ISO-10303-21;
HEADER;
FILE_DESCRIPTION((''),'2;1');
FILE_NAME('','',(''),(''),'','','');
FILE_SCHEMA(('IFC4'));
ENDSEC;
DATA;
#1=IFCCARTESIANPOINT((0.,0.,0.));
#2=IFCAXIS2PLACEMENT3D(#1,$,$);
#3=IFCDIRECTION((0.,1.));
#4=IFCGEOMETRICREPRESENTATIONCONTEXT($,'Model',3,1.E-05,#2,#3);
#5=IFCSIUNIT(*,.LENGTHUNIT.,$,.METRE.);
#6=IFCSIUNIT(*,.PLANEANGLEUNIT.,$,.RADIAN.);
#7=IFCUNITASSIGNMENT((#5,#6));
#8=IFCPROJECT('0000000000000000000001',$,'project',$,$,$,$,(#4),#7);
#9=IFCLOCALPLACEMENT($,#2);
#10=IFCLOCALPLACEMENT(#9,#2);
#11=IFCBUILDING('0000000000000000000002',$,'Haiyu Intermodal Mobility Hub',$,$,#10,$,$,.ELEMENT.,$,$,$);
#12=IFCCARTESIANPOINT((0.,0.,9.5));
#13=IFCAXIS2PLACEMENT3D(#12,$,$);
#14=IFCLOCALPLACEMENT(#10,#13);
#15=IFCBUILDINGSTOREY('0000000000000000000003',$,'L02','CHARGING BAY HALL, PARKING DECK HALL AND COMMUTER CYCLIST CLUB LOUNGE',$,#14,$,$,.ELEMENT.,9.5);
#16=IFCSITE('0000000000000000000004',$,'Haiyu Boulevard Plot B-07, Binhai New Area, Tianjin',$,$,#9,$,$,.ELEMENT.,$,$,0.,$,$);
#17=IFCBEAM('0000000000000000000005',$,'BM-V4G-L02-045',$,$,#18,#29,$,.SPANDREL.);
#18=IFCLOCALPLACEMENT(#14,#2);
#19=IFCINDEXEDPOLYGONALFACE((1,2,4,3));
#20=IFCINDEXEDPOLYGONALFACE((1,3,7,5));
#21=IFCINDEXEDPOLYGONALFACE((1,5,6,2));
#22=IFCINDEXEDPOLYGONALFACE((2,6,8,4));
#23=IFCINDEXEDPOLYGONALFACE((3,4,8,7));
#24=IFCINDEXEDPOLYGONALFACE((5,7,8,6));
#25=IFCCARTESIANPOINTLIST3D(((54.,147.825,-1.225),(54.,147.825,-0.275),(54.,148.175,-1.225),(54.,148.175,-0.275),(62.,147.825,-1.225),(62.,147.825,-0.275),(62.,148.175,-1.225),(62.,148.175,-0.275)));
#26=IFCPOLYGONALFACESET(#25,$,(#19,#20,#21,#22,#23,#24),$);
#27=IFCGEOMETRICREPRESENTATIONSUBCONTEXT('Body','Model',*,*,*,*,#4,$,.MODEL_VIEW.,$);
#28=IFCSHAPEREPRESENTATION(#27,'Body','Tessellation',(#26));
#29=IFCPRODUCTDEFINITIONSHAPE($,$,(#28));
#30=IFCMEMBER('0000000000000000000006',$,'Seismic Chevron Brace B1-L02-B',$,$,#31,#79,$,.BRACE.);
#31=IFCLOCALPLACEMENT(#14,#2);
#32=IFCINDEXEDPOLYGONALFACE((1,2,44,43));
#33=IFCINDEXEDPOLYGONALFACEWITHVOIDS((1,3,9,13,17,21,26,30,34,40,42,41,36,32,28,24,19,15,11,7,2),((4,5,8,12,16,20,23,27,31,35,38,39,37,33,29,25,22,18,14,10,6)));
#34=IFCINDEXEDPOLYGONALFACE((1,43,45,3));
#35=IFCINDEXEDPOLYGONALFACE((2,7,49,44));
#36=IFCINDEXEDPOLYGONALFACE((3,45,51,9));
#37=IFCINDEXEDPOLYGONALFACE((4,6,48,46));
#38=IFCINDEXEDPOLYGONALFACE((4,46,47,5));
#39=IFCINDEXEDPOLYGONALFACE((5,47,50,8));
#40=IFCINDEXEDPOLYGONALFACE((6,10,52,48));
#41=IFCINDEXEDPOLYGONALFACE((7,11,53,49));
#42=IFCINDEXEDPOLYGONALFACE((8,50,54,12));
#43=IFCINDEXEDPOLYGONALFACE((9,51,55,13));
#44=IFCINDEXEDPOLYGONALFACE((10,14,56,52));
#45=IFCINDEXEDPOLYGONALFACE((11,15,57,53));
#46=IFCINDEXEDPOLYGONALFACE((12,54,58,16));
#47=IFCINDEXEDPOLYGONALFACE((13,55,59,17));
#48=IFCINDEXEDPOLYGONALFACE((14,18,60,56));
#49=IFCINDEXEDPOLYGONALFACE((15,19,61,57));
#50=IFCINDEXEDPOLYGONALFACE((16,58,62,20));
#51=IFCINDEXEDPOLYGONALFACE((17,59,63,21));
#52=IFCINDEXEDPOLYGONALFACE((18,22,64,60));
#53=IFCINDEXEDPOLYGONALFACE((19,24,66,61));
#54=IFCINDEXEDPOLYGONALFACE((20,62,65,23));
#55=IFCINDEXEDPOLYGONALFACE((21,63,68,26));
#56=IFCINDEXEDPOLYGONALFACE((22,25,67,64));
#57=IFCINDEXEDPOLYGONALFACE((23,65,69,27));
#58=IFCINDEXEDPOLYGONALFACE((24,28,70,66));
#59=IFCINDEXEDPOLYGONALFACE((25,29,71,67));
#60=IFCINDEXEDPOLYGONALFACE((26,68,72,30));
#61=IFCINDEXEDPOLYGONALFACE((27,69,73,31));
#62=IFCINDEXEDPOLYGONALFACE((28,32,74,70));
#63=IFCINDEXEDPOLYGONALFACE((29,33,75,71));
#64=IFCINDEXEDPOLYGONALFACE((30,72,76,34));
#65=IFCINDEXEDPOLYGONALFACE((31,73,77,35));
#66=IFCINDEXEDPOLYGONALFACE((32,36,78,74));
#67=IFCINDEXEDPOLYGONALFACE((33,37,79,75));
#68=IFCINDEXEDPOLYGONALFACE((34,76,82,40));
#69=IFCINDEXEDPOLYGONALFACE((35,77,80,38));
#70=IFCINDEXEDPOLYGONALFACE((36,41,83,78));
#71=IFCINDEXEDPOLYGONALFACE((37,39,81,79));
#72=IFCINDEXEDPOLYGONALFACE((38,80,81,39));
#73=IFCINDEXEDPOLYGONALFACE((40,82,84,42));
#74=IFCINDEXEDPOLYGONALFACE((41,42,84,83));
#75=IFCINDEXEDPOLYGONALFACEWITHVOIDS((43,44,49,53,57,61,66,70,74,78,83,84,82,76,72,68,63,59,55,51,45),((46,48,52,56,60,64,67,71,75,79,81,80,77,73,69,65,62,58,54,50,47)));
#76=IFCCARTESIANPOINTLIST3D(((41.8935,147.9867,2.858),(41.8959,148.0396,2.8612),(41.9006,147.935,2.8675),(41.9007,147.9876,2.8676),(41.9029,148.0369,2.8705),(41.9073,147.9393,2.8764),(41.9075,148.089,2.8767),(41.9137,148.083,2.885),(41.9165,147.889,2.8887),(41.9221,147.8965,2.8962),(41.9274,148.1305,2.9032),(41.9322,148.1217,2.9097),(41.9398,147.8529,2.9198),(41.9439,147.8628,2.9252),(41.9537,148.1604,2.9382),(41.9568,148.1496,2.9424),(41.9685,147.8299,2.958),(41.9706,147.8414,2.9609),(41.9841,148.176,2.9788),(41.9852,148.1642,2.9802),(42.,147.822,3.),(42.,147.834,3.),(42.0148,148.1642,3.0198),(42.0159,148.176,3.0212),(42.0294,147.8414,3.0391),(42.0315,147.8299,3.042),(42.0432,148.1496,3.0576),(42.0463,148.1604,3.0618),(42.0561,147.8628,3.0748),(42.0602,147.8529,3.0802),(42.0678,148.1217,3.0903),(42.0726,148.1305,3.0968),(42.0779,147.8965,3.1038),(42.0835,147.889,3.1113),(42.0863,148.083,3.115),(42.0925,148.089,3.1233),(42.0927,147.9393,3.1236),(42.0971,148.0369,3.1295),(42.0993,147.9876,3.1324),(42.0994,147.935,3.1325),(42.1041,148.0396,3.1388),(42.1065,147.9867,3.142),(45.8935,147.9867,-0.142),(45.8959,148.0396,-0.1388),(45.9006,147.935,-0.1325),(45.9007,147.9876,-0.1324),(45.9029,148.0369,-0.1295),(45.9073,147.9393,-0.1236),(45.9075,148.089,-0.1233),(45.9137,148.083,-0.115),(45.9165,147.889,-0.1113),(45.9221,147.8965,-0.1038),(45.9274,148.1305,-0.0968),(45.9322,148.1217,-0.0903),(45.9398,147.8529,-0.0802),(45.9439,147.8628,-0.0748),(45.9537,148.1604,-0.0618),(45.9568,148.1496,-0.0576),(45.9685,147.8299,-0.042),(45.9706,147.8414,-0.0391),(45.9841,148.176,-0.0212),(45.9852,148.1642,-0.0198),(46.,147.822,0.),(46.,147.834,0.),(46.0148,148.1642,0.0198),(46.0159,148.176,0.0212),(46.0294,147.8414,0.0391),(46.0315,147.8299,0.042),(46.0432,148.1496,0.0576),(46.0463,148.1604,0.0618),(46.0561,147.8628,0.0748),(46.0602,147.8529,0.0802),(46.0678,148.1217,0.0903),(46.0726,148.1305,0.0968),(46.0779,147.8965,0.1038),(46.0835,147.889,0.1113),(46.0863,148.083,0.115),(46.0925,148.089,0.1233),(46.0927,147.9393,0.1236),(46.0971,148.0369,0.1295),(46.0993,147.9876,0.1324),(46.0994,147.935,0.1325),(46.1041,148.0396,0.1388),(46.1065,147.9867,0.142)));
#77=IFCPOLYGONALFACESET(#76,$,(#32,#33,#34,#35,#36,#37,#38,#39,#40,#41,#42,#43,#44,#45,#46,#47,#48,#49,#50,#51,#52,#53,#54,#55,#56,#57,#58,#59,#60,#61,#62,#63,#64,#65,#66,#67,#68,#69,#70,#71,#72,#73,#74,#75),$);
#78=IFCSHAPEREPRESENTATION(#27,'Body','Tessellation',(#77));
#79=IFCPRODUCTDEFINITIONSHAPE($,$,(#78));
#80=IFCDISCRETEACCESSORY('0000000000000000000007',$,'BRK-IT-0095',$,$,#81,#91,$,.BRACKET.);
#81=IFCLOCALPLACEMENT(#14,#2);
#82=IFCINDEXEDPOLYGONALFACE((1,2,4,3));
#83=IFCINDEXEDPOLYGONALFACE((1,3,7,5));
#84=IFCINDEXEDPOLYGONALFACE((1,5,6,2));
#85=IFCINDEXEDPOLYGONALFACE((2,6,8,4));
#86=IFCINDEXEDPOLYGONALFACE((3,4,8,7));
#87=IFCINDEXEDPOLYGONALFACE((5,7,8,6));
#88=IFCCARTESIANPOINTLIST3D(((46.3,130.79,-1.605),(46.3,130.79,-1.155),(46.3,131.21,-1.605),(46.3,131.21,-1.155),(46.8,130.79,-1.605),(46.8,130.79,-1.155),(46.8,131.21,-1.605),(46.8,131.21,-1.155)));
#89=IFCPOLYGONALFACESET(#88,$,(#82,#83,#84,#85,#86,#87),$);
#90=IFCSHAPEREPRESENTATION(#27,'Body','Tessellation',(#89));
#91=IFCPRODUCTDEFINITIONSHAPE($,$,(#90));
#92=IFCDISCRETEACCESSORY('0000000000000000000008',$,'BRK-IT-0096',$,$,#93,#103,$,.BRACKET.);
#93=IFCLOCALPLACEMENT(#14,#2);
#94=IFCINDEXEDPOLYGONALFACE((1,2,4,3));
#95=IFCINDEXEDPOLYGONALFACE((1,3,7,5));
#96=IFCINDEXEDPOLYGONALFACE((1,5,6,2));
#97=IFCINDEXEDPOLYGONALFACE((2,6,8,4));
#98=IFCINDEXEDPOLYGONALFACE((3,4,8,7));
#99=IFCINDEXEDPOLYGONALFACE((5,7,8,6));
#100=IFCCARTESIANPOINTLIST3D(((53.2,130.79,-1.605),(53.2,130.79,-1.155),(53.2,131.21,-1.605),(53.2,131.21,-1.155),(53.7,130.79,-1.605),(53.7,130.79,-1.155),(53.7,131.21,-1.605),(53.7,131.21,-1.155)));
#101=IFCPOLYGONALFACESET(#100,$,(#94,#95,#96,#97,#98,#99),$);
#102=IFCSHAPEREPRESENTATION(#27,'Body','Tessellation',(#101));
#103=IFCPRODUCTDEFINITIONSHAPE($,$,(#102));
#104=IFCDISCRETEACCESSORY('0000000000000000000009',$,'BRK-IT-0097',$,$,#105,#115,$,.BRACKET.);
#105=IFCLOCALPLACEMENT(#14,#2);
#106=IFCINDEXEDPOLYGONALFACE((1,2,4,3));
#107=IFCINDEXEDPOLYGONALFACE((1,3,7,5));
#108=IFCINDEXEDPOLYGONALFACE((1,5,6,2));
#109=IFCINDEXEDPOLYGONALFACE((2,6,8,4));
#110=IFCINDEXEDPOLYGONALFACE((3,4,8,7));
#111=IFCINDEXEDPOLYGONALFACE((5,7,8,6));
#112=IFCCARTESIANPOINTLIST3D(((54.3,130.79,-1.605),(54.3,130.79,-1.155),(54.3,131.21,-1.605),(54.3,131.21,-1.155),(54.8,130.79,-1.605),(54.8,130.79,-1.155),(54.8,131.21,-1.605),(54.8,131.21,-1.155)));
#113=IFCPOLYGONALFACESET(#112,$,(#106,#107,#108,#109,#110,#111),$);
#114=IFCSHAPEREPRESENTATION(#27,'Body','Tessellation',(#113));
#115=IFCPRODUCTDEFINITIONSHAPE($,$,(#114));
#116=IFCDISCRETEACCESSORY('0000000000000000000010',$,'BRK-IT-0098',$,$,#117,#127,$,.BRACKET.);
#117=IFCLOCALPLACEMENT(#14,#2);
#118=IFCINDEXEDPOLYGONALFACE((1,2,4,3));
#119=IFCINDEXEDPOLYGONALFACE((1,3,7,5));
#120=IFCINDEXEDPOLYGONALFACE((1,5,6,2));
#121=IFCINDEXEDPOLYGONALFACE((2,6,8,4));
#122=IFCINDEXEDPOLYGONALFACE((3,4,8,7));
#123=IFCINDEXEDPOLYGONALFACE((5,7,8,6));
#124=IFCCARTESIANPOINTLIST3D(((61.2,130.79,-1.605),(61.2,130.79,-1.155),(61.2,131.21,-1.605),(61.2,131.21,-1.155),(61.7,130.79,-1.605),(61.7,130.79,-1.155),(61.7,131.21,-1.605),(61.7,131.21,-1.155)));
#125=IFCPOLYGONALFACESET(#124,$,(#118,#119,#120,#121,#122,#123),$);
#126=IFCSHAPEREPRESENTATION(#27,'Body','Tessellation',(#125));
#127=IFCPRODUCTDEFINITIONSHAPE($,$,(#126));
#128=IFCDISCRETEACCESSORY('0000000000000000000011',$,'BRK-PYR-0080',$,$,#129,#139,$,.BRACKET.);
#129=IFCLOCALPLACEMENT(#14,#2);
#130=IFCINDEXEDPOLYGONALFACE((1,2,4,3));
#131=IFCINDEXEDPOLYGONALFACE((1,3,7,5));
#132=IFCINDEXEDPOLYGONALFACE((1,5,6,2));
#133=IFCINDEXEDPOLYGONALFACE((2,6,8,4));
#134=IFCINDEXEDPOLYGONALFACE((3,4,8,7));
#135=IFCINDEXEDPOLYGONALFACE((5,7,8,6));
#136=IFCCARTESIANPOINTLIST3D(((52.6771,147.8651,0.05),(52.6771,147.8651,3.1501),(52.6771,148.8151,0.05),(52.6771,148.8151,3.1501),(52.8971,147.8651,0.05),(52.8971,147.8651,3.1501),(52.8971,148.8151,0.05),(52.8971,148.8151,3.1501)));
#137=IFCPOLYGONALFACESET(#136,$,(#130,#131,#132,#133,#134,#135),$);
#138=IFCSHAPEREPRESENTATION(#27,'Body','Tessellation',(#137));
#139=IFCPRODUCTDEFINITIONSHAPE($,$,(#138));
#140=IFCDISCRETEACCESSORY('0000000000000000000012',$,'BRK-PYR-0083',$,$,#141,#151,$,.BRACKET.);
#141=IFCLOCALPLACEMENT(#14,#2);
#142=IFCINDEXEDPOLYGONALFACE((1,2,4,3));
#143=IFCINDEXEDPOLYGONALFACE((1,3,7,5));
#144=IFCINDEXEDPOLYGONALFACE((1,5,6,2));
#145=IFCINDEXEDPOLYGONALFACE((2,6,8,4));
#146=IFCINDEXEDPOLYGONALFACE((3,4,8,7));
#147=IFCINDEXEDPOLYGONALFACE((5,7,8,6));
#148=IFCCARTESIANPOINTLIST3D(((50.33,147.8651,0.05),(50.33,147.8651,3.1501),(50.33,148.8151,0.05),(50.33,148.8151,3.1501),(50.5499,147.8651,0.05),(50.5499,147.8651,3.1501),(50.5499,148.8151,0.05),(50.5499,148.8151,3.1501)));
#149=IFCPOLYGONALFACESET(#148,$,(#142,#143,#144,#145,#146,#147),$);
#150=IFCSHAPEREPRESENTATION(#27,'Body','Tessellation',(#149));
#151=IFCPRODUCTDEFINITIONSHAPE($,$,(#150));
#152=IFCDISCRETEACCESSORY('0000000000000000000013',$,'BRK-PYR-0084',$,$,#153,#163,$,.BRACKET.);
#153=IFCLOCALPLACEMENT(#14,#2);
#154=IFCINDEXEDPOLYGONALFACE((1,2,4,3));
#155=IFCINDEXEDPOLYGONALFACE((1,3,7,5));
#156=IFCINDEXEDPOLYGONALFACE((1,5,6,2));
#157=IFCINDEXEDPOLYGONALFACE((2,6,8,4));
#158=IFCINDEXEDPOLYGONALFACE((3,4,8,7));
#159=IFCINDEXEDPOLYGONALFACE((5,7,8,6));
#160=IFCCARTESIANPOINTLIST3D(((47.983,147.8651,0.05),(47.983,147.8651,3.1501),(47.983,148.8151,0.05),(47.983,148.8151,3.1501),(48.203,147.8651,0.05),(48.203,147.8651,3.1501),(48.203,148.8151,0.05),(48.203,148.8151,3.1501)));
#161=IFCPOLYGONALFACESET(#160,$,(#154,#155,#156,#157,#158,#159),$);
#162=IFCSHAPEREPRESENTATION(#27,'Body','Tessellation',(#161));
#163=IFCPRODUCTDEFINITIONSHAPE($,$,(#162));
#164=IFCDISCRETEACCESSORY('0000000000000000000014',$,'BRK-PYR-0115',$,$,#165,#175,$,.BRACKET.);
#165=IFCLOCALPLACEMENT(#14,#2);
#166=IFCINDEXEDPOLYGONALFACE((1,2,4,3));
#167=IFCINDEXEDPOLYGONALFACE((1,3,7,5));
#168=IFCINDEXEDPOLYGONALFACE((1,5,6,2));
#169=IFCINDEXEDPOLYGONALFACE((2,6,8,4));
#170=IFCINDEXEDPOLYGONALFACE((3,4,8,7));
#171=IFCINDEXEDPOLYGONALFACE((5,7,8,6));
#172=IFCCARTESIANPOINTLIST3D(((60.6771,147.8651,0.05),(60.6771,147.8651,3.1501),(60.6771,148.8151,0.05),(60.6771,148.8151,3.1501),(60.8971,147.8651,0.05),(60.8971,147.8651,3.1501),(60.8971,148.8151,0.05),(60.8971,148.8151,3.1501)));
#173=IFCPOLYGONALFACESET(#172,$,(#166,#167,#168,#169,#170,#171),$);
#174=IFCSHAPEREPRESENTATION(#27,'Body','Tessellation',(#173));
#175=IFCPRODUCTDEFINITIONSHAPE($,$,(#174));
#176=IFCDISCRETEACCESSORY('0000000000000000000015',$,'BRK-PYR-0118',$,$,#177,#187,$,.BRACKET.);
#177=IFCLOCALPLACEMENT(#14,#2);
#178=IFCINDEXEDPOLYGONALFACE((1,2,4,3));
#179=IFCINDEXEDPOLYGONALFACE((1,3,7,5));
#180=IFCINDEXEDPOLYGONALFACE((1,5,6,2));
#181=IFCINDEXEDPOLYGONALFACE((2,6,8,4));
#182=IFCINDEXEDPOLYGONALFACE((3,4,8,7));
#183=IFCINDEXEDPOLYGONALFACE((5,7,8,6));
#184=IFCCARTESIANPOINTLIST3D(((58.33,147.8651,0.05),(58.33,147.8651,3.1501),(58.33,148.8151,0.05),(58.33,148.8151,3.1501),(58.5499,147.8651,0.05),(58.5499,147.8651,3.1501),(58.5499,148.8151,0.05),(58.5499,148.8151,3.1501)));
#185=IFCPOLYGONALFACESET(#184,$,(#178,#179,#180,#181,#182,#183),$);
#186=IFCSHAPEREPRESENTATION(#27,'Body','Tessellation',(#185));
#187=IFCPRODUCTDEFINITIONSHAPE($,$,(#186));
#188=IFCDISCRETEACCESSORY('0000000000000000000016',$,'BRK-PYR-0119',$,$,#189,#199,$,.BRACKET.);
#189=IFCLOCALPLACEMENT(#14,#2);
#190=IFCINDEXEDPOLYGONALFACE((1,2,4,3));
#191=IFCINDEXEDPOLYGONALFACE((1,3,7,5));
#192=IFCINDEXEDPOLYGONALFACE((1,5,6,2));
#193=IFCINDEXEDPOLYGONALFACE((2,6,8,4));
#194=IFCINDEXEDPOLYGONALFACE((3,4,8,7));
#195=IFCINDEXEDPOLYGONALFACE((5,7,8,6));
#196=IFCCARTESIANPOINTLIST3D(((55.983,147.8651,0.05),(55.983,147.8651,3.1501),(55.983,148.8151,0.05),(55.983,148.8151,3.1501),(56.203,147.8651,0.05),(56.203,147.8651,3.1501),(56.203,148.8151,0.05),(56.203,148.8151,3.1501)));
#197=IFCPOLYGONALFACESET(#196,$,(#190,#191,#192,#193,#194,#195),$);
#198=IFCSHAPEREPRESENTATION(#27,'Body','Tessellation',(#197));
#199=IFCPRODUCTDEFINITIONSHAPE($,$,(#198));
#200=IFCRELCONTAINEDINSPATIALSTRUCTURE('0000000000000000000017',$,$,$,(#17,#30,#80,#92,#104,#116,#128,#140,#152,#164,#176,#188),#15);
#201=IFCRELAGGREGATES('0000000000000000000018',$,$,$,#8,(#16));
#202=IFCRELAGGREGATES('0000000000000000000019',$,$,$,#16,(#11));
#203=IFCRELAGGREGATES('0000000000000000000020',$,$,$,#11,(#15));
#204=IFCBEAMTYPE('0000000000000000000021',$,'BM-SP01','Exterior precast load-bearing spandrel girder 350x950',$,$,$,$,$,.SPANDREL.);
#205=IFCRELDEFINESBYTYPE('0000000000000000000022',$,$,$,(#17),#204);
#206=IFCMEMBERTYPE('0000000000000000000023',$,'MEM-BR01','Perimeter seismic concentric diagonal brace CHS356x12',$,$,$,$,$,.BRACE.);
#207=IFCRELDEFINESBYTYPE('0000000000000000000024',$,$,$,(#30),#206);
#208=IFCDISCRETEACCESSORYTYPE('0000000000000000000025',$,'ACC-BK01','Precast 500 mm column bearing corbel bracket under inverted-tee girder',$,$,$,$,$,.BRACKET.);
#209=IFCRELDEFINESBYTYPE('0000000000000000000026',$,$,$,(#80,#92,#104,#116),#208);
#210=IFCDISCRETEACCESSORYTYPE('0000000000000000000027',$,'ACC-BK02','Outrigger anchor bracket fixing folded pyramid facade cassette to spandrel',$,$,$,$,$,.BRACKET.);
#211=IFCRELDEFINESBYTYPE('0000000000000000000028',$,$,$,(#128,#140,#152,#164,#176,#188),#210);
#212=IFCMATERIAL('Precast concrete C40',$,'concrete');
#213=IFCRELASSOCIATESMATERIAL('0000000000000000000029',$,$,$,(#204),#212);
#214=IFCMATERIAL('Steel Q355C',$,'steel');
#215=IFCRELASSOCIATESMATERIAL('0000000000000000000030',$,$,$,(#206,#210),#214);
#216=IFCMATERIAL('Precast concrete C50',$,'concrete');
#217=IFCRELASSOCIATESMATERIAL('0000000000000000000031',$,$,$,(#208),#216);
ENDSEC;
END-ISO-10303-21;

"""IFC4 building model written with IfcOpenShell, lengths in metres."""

from ifc_helpers import new_model, si_unit, direction, frame, origin, origin_2d, place, context, subcontext, project, spatial, rectangle, hollow_circle, extrude, material, material_profile, profile_set, type_object, element, save


model = new_model("IFC4")

# Units and contexts
model_context = context("Model", 3, precision=1e-05, world=origin(), true_north=direction((0.0, 1.0)))
body_context = subcontext(model_context, "Body", "Model", "MODEL_VIEW")
ifc_project = project(units=[si_unit("LENGTHUNIT", "METRE"), si_unit("PLANEANGLEUNIT", "RADIAN")], contexts=[model_context])

# Site, building, storey
site_placement = place(None, origin())
site = spatial("IfcSite", under=ifc_project, at=site_placement, Name="Haiyu Boulevard Plot B-07, Binhai New Area, Tianjin", CompositionType="ELEMENT", RefElevation=0.0)
building_placement = place(site_placement, origin())
building = spatial("IfcBuilding", under=site, at=building_placement, Name="Haiyu Intermodal Mobility Hub", CompositionType="ELEMENT")
storey_placement = place(building_placement, frame((0.0, 0.0, 9.5)))
storey = spatial("IfcBuildingStorey", under=building, at=storey_placement, Name="L02", Description="CHARGING BAY HALL, PARKING DECK HALL AND COMMUTER CYCLIST CLUB LOUNGE", CompositionType="ELEMENT", Elevation=9.5)

# Shared definitions
ifc_material_1 = material(Name="Precast concrete C40", Category="concrete")

# Beam
ifc_material_2 = material(Name="Precast concrete C50", Category="concrete")
ifc_material_profile_1 = material_profile(ifc_material_1, rectangle(XDim=0.3501, YDim=0.95, at=origin_2d()), Name="PC350x950")
ifc_profile_set_1 = profile_set([ifc_material_profile_1], Name="Precast concrete C40")
beam_type_1 = type_object("IfcBeamType", Name="BM-SP01", Description="Exterior precast load-bearing spandrel girder 350x950", PredefinedType="SPANDREL", material=ifc_profile_set_1)
for number, where, z_axis, x_axis, name in (
    (1, (54.0, 148.0, -0.75), (1.0, 0.0, 0.0), (0.0, 1.0, 0.0), "BM-V4G-L02-045"),
):
    element("IfcBeam", number, at=place(storey_placement, frame(where, z_axis=z_axis, x_axis=x_axis)), inside=storey, type_object=beam_type_1, Name=name, PredefinedType="SPANDREL", context=body_context, shape_type="SweptSolid", body=[
        extrude(rectangle(XDim=0.3501, YDim=0.95, at=origin_2d()), origin(), (0.0, 0.0, 1.0), 8.0),
    ])

# Member
ifc_material_3 = material(Name="Steel Q355C", Category="steel")
ifc_material_profile_2 = material_profile(ifc_material_3, hollow_circle(Radius=0.178, WallThickness=0.012, at=origin_2d()), Name="CHS356x12")
ifc_profile_set_2 = profile_set([ifc_material_profile_2], Name="Steel Q355C")
member_type = type_object("IfcMemberType", Name="MEM-BR01", Description="Perimeter seismic concentric diagonal brace CHS356x12", PredefinedType="BRACE", material=ifc_profile_set_2)
member_placement = place(storey_placement, frame((46.0, 148.0, 0.0), z_axis=(-0.8, 0.0, 0.6), x_axis=(0.0, -1.0, 0.0)))
element("IfcMember", 2, at=member_placement, inside=storey, type_object=member_type, Name="Seismic Chevron Brace B1-L02-B", PredefinedType="BRACE", context=body_context, shape_type="SweptSolid", body=[
    extrude(hollow_circle(Radius=0.178, WallThickness=0.012, at=origin_2d()), origin(), (0.0, 0.0, 1.0), 5.0),
])

# Discrete accessories
discrete_accessory_type_1 = type_object("IfcDiscreteAccessoryType", Name="ACC-BK01", Description="Precast 500 mm column bearing corbel bracket under inverted-tee girder", PredefinedType="BRACKET", material=ifc_material_2)
for number, where, z_axis, x_axis, name in (
    (3, (46.55, 131.0, -1.605), (0.0, 0.0, 1.0), (1.0, 0.0, 0.0), "BRK-IT-0095"),
    (4, (53.45, 131.0, -1.605), (0.0, 0.0, 1.0), (1.0, 0.0, 0.0), "BRK-IT-0096"),
    (5, (54.55, 131.0, -1.605), (0.0, 0.0, 1.0), (1.0, 0.0, 0.0), "BRK-IT-0097"),
    (6, (61.45, 131.0, -1.605), (0.0, 0.0, 1.0), (1.0, 0.0, 0.0), "BRK-IT-0098"),
):
    element("IfcDiscreteAccessory", number, at=place(storey_placement, frame(where, z_axis=z_axis, x_axis=x_axis)), inside=storey, type_object=discrete_accessory_type_1, Name=name, PredefinedType="BRACKET", context=body_context, shape_type="SweptSolid", body=[
        extrude(rectangle(XDim=0.5, YDim=0.4199, at=origin_2d()), origin(), (0.0, 0.0, 1.0), 0.45),
    ])
discrete_accessory_type_2 = type_object("IfcDiscreteAccessoryType", Name="ACC-BK02", Description="Outrigger anchor bracket fixing folded pyramid facade cassette to spandrel", PredefinedType="BRACKET", material=ifc_material_3)
for number, where, z_axis, x_axis, name in (
    (7, (52.7871, 148.3401, 0.05), (0.0, 0.0, 1.0), (1.0, 0.0, 0.0), "BRK-PYR-0080"),
    (8, (50.4399, 148.3401, 0.05), (0.0, 0.0, 1.0), (1.0, 0.0, 0.0), "BRK-PYR-0083"),
    (9, (48.093, 148.3401, 0.05), (0.0, 0.0, 1.0), (1.0, 0.0, 0.0), "BRK-PYR-0084"),
    (10, (60.7871, 148.3401, 0.05), (0.0, 0.0, 1.0), (1.0, 0.0, 0.0), "BRK-PYR-0115"),
    (11, (58.4399, 148.3401, 0.05), (0.0, 0.0, 1.0), (1.0, 0.0, 0.0), "BRK-PYR-0118"),
    (12, (56.093, 148.3401, 0.05), (0.0, 0.0, 1.0), (1.0, 0.0, 0.0), "BRK-PYR-0119"),
):
    element("IfcDiscreteAccessory", number, at=place(storey_placement, frame(where, z_axis=z_axis, x_axis=x_axis)), inside=storey, type_object=discrete_accessory_type_2, Name=name, PredefinedType="BRACKET", context=body_context, shape_type="SweptSolid", body=[
        extrude(rectangle(XDim=0.22, YDim=0.95, at=origin_2d()), origin(), (0.0, 0.0, 1.0), 3.1001),
    ])

save(model, "model.ifc")
